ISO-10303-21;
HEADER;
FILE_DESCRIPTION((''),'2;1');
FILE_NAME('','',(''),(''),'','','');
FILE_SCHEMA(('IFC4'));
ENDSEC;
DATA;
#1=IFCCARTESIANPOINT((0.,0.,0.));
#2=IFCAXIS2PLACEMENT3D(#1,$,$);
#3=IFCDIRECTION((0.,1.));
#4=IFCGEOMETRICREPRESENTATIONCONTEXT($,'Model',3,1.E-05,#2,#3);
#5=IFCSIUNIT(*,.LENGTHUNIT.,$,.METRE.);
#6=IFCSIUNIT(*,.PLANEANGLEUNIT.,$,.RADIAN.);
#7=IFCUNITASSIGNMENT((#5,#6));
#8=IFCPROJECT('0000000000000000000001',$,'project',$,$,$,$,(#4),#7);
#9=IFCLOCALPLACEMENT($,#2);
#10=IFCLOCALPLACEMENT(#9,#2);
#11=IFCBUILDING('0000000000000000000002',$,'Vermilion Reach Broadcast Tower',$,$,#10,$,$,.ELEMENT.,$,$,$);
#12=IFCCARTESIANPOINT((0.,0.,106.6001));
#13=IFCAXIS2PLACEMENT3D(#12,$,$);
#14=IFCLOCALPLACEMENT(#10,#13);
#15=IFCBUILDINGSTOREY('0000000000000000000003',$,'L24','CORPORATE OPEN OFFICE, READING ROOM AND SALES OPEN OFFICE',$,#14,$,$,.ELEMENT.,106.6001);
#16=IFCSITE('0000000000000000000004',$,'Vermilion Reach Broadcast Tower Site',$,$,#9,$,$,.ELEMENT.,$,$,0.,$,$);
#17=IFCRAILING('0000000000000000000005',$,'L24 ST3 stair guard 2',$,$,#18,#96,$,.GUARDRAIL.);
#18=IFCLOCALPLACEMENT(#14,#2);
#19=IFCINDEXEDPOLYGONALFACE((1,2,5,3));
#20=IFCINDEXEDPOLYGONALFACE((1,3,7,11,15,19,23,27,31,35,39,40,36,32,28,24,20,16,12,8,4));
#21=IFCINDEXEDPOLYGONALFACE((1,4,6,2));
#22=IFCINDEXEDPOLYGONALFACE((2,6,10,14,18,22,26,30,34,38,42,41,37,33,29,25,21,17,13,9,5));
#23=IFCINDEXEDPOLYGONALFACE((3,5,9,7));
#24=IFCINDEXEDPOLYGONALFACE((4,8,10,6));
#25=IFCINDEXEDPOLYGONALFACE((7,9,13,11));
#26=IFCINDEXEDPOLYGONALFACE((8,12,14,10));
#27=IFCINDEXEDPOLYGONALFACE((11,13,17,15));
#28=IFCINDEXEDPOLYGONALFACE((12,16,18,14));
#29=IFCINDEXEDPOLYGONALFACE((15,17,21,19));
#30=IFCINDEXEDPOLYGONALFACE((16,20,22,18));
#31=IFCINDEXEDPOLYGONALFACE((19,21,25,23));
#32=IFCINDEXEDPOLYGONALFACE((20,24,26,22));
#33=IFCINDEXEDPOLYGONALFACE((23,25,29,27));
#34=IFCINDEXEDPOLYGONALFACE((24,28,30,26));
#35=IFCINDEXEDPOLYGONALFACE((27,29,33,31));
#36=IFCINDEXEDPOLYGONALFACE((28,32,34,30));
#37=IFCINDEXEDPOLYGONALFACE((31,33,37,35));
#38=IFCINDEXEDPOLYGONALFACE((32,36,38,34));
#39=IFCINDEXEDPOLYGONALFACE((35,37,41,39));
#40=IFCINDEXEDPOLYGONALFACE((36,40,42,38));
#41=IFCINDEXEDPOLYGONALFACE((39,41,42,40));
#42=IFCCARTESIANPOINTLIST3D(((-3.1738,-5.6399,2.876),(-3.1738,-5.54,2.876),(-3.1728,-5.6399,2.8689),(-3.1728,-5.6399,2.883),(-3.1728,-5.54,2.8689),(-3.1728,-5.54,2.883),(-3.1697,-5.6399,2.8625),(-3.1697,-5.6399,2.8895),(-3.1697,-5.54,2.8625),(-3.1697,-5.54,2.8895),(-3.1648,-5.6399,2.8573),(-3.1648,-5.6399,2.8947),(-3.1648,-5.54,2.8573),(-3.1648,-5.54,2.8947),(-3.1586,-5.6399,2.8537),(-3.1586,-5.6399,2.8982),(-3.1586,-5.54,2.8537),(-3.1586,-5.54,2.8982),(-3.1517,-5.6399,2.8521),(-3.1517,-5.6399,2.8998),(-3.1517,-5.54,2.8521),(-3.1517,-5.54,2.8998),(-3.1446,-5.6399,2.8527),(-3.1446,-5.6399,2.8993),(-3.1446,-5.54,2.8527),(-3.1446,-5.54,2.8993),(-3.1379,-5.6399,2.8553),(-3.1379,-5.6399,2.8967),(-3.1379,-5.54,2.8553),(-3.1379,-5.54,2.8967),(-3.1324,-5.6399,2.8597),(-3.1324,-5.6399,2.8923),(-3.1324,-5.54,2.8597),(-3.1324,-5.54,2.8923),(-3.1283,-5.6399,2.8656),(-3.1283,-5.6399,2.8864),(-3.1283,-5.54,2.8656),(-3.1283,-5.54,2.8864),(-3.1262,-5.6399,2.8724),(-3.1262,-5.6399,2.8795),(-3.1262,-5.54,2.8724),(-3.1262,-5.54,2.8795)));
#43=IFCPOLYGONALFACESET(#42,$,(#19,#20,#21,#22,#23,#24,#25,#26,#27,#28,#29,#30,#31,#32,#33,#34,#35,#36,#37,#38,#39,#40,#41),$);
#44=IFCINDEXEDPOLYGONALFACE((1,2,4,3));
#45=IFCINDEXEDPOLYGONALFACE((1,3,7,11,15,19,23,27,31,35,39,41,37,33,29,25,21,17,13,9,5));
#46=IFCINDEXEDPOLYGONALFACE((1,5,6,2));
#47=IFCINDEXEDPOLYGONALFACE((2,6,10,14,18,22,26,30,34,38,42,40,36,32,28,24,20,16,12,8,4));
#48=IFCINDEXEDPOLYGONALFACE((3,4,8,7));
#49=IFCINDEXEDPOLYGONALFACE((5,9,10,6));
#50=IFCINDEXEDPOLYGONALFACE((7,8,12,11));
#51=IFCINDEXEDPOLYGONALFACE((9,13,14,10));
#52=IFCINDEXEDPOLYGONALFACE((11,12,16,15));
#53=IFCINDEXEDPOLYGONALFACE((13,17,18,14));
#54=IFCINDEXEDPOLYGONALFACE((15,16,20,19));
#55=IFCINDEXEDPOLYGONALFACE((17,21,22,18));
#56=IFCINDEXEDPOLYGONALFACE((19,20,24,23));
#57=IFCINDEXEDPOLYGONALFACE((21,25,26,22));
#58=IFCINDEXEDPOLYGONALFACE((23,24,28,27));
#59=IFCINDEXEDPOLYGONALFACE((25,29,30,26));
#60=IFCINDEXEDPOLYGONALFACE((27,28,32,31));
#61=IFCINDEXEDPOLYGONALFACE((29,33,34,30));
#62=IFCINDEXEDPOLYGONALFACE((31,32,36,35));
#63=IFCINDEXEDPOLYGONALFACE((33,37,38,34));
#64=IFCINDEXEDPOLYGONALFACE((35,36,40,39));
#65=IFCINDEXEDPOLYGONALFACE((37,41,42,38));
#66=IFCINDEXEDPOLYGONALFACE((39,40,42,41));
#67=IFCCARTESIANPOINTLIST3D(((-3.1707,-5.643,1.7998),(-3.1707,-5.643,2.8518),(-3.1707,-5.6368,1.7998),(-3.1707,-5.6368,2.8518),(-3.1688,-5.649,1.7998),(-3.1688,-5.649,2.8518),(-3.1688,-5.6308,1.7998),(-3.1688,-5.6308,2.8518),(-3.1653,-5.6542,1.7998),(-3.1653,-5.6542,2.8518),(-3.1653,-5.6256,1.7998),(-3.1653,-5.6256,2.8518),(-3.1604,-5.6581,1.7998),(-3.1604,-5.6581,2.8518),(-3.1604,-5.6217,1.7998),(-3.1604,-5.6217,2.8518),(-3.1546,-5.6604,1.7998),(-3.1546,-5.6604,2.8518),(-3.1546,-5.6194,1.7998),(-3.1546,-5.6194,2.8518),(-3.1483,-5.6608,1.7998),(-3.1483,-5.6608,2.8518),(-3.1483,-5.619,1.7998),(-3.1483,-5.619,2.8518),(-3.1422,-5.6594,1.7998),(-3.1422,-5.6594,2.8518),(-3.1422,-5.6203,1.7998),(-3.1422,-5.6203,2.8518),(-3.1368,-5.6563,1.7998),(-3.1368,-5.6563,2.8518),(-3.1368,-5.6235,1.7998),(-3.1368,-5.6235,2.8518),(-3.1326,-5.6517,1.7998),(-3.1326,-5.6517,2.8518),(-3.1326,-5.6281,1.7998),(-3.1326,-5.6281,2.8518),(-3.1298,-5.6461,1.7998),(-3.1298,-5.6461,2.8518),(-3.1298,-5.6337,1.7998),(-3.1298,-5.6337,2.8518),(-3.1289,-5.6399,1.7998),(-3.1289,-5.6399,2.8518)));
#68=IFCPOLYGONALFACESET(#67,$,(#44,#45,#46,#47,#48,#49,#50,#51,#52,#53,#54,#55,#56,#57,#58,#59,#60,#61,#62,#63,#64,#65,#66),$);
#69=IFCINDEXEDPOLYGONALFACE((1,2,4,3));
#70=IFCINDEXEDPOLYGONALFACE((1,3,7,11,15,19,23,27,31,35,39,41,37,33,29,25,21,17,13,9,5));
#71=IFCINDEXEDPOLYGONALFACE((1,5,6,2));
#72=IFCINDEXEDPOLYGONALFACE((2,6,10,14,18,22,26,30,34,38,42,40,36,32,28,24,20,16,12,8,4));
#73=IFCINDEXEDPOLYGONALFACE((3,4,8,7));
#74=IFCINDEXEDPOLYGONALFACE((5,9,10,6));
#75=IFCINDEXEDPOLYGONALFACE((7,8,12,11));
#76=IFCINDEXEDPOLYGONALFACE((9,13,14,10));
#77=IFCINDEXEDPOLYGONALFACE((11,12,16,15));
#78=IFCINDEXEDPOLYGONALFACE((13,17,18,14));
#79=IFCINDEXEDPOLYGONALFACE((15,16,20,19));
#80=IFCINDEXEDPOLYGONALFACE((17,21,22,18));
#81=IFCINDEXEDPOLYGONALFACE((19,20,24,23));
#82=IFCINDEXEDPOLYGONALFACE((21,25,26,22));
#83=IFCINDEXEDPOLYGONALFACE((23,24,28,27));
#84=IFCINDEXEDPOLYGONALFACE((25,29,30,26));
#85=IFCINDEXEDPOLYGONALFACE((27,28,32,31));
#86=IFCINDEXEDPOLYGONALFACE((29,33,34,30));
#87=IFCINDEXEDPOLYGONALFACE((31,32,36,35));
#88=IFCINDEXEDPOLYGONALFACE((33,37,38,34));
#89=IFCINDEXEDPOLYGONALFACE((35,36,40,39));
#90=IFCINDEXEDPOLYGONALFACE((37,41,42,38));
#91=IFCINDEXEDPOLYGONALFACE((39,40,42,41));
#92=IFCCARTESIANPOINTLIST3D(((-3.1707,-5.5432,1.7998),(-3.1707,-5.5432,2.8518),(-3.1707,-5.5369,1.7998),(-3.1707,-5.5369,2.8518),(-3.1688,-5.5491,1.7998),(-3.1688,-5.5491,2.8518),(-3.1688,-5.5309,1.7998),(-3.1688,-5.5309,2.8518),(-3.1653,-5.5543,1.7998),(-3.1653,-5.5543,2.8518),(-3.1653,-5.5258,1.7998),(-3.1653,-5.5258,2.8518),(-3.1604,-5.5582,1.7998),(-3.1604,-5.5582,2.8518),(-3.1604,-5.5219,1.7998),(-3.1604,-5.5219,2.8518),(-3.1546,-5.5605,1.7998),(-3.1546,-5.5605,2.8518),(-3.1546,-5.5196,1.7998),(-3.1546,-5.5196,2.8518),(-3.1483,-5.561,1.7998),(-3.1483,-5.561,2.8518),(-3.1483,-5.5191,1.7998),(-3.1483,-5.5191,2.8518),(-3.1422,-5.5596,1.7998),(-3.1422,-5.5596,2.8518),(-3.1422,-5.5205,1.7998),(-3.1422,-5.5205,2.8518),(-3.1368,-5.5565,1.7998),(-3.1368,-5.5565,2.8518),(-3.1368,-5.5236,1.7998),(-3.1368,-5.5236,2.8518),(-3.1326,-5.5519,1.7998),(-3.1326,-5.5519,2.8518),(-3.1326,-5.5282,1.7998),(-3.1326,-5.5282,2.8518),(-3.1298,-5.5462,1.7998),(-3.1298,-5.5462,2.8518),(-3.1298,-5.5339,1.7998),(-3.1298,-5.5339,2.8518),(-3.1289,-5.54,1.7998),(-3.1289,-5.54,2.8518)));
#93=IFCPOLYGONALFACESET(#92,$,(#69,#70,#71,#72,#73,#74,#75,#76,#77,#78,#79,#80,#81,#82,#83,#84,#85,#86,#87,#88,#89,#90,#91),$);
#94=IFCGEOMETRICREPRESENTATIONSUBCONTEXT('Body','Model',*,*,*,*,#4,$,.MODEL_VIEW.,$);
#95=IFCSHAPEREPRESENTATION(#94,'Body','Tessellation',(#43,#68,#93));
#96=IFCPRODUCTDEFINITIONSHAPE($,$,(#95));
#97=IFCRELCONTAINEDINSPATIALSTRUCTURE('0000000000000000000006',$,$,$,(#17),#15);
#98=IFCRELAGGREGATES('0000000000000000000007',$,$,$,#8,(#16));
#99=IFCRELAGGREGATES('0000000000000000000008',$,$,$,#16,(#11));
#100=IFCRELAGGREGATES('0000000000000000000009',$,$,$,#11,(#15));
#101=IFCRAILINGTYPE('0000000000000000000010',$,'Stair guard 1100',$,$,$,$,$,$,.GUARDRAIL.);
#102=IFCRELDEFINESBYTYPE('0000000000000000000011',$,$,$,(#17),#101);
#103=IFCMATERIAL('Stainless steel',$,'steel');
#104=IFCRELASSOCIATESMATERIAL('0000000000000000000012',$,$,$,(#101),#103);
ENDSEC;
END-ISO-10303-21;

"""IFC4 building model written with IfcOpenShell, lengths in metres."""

from ifc_helpers import new_model, si_unit, direction, frame, origin, origin_2d, place, context, subcontext, project, spatial, circle, extrude, material, type_object, element, save


model = new_model("IFC4")

# Units and contexts
model_context = context("Model", 3, precision=1e-05, world=origin(), true_north=direction((0.0, 1.0)))
body_context = subcontext(model_context, "Body", "Model", "MODEL_VIEW")
ifc_project = project(units=[si_unit("LENGTHUNIT", "METRE"), si_unit("PLANEANGLEUNIT", "RADIAN")], contexts=[model_context])

# Site, building, storey
site_placement = place(None, origin())
site = spatial("IfcSite", under=ifc_project, at=site_placement, Name="Vermilion Reach Broadcast Tower Site", CompositionType="ELEMENT", RefElevation=0.0)
building_placement = place(site_placement, origin())
building = spatial("IfcBuilding", under=site, at=building_placement, Name="Vermilion Reach Broadcast Tower", CompositionType="ELEMENT")
storey_placement = place(building_placement, frame((0.0, 0.0, 106.6001)))
storey = spatial("IfcBuildingStorey", under=building, at=storey_placement, Name="L24", Description="CORPORATE OPEN OFFICE, READING ROOM AND SALES OPEN OFFICE", CompositionType="ELEMENT", Elevation=106.6001)

# Railing
ifc_material_1 = material(Name="Stainless steel", Category="steel")
railing_type_1 = type_object("IfcRailingType", Name="Stair guard 1100", PredefinedType="GUARDRAIL", material=ifc_material_1)
railing_1_placement = place(storey_placement, frame((-3.1499, -5.6399, 1.7998)))
element("IfcRailing", 1, at=railing_1_placement, inside=storey, type_object=railing_type_1, Name="L24 ST3 stair guard 2", PredefinedType="GUARDRAIL", context=body_context, shape_type="SweptSolid", body=[
    extrude(circle(Radius=0.0239, at=origin_2d()), frame((0.0, 0.0, 1.0762), z_axis=(0.0, 1.0, 0.0), x_axis=(-1.0, 0.0, 0.0)), (0.0, 0.0, 1.0), 0.0999),
    extrude(circle(Radius=0.021, at=origin_2d()), origin(), (0.0, 0.0, 1.0), 1.052),
    extrude(circle(Radius=0.021, at=origin_2d()), frame((0.0, 0.0999, 0.0)), (0.0, 0.0, 1.0), 1.052),
])

save(model, "model.ifc")
